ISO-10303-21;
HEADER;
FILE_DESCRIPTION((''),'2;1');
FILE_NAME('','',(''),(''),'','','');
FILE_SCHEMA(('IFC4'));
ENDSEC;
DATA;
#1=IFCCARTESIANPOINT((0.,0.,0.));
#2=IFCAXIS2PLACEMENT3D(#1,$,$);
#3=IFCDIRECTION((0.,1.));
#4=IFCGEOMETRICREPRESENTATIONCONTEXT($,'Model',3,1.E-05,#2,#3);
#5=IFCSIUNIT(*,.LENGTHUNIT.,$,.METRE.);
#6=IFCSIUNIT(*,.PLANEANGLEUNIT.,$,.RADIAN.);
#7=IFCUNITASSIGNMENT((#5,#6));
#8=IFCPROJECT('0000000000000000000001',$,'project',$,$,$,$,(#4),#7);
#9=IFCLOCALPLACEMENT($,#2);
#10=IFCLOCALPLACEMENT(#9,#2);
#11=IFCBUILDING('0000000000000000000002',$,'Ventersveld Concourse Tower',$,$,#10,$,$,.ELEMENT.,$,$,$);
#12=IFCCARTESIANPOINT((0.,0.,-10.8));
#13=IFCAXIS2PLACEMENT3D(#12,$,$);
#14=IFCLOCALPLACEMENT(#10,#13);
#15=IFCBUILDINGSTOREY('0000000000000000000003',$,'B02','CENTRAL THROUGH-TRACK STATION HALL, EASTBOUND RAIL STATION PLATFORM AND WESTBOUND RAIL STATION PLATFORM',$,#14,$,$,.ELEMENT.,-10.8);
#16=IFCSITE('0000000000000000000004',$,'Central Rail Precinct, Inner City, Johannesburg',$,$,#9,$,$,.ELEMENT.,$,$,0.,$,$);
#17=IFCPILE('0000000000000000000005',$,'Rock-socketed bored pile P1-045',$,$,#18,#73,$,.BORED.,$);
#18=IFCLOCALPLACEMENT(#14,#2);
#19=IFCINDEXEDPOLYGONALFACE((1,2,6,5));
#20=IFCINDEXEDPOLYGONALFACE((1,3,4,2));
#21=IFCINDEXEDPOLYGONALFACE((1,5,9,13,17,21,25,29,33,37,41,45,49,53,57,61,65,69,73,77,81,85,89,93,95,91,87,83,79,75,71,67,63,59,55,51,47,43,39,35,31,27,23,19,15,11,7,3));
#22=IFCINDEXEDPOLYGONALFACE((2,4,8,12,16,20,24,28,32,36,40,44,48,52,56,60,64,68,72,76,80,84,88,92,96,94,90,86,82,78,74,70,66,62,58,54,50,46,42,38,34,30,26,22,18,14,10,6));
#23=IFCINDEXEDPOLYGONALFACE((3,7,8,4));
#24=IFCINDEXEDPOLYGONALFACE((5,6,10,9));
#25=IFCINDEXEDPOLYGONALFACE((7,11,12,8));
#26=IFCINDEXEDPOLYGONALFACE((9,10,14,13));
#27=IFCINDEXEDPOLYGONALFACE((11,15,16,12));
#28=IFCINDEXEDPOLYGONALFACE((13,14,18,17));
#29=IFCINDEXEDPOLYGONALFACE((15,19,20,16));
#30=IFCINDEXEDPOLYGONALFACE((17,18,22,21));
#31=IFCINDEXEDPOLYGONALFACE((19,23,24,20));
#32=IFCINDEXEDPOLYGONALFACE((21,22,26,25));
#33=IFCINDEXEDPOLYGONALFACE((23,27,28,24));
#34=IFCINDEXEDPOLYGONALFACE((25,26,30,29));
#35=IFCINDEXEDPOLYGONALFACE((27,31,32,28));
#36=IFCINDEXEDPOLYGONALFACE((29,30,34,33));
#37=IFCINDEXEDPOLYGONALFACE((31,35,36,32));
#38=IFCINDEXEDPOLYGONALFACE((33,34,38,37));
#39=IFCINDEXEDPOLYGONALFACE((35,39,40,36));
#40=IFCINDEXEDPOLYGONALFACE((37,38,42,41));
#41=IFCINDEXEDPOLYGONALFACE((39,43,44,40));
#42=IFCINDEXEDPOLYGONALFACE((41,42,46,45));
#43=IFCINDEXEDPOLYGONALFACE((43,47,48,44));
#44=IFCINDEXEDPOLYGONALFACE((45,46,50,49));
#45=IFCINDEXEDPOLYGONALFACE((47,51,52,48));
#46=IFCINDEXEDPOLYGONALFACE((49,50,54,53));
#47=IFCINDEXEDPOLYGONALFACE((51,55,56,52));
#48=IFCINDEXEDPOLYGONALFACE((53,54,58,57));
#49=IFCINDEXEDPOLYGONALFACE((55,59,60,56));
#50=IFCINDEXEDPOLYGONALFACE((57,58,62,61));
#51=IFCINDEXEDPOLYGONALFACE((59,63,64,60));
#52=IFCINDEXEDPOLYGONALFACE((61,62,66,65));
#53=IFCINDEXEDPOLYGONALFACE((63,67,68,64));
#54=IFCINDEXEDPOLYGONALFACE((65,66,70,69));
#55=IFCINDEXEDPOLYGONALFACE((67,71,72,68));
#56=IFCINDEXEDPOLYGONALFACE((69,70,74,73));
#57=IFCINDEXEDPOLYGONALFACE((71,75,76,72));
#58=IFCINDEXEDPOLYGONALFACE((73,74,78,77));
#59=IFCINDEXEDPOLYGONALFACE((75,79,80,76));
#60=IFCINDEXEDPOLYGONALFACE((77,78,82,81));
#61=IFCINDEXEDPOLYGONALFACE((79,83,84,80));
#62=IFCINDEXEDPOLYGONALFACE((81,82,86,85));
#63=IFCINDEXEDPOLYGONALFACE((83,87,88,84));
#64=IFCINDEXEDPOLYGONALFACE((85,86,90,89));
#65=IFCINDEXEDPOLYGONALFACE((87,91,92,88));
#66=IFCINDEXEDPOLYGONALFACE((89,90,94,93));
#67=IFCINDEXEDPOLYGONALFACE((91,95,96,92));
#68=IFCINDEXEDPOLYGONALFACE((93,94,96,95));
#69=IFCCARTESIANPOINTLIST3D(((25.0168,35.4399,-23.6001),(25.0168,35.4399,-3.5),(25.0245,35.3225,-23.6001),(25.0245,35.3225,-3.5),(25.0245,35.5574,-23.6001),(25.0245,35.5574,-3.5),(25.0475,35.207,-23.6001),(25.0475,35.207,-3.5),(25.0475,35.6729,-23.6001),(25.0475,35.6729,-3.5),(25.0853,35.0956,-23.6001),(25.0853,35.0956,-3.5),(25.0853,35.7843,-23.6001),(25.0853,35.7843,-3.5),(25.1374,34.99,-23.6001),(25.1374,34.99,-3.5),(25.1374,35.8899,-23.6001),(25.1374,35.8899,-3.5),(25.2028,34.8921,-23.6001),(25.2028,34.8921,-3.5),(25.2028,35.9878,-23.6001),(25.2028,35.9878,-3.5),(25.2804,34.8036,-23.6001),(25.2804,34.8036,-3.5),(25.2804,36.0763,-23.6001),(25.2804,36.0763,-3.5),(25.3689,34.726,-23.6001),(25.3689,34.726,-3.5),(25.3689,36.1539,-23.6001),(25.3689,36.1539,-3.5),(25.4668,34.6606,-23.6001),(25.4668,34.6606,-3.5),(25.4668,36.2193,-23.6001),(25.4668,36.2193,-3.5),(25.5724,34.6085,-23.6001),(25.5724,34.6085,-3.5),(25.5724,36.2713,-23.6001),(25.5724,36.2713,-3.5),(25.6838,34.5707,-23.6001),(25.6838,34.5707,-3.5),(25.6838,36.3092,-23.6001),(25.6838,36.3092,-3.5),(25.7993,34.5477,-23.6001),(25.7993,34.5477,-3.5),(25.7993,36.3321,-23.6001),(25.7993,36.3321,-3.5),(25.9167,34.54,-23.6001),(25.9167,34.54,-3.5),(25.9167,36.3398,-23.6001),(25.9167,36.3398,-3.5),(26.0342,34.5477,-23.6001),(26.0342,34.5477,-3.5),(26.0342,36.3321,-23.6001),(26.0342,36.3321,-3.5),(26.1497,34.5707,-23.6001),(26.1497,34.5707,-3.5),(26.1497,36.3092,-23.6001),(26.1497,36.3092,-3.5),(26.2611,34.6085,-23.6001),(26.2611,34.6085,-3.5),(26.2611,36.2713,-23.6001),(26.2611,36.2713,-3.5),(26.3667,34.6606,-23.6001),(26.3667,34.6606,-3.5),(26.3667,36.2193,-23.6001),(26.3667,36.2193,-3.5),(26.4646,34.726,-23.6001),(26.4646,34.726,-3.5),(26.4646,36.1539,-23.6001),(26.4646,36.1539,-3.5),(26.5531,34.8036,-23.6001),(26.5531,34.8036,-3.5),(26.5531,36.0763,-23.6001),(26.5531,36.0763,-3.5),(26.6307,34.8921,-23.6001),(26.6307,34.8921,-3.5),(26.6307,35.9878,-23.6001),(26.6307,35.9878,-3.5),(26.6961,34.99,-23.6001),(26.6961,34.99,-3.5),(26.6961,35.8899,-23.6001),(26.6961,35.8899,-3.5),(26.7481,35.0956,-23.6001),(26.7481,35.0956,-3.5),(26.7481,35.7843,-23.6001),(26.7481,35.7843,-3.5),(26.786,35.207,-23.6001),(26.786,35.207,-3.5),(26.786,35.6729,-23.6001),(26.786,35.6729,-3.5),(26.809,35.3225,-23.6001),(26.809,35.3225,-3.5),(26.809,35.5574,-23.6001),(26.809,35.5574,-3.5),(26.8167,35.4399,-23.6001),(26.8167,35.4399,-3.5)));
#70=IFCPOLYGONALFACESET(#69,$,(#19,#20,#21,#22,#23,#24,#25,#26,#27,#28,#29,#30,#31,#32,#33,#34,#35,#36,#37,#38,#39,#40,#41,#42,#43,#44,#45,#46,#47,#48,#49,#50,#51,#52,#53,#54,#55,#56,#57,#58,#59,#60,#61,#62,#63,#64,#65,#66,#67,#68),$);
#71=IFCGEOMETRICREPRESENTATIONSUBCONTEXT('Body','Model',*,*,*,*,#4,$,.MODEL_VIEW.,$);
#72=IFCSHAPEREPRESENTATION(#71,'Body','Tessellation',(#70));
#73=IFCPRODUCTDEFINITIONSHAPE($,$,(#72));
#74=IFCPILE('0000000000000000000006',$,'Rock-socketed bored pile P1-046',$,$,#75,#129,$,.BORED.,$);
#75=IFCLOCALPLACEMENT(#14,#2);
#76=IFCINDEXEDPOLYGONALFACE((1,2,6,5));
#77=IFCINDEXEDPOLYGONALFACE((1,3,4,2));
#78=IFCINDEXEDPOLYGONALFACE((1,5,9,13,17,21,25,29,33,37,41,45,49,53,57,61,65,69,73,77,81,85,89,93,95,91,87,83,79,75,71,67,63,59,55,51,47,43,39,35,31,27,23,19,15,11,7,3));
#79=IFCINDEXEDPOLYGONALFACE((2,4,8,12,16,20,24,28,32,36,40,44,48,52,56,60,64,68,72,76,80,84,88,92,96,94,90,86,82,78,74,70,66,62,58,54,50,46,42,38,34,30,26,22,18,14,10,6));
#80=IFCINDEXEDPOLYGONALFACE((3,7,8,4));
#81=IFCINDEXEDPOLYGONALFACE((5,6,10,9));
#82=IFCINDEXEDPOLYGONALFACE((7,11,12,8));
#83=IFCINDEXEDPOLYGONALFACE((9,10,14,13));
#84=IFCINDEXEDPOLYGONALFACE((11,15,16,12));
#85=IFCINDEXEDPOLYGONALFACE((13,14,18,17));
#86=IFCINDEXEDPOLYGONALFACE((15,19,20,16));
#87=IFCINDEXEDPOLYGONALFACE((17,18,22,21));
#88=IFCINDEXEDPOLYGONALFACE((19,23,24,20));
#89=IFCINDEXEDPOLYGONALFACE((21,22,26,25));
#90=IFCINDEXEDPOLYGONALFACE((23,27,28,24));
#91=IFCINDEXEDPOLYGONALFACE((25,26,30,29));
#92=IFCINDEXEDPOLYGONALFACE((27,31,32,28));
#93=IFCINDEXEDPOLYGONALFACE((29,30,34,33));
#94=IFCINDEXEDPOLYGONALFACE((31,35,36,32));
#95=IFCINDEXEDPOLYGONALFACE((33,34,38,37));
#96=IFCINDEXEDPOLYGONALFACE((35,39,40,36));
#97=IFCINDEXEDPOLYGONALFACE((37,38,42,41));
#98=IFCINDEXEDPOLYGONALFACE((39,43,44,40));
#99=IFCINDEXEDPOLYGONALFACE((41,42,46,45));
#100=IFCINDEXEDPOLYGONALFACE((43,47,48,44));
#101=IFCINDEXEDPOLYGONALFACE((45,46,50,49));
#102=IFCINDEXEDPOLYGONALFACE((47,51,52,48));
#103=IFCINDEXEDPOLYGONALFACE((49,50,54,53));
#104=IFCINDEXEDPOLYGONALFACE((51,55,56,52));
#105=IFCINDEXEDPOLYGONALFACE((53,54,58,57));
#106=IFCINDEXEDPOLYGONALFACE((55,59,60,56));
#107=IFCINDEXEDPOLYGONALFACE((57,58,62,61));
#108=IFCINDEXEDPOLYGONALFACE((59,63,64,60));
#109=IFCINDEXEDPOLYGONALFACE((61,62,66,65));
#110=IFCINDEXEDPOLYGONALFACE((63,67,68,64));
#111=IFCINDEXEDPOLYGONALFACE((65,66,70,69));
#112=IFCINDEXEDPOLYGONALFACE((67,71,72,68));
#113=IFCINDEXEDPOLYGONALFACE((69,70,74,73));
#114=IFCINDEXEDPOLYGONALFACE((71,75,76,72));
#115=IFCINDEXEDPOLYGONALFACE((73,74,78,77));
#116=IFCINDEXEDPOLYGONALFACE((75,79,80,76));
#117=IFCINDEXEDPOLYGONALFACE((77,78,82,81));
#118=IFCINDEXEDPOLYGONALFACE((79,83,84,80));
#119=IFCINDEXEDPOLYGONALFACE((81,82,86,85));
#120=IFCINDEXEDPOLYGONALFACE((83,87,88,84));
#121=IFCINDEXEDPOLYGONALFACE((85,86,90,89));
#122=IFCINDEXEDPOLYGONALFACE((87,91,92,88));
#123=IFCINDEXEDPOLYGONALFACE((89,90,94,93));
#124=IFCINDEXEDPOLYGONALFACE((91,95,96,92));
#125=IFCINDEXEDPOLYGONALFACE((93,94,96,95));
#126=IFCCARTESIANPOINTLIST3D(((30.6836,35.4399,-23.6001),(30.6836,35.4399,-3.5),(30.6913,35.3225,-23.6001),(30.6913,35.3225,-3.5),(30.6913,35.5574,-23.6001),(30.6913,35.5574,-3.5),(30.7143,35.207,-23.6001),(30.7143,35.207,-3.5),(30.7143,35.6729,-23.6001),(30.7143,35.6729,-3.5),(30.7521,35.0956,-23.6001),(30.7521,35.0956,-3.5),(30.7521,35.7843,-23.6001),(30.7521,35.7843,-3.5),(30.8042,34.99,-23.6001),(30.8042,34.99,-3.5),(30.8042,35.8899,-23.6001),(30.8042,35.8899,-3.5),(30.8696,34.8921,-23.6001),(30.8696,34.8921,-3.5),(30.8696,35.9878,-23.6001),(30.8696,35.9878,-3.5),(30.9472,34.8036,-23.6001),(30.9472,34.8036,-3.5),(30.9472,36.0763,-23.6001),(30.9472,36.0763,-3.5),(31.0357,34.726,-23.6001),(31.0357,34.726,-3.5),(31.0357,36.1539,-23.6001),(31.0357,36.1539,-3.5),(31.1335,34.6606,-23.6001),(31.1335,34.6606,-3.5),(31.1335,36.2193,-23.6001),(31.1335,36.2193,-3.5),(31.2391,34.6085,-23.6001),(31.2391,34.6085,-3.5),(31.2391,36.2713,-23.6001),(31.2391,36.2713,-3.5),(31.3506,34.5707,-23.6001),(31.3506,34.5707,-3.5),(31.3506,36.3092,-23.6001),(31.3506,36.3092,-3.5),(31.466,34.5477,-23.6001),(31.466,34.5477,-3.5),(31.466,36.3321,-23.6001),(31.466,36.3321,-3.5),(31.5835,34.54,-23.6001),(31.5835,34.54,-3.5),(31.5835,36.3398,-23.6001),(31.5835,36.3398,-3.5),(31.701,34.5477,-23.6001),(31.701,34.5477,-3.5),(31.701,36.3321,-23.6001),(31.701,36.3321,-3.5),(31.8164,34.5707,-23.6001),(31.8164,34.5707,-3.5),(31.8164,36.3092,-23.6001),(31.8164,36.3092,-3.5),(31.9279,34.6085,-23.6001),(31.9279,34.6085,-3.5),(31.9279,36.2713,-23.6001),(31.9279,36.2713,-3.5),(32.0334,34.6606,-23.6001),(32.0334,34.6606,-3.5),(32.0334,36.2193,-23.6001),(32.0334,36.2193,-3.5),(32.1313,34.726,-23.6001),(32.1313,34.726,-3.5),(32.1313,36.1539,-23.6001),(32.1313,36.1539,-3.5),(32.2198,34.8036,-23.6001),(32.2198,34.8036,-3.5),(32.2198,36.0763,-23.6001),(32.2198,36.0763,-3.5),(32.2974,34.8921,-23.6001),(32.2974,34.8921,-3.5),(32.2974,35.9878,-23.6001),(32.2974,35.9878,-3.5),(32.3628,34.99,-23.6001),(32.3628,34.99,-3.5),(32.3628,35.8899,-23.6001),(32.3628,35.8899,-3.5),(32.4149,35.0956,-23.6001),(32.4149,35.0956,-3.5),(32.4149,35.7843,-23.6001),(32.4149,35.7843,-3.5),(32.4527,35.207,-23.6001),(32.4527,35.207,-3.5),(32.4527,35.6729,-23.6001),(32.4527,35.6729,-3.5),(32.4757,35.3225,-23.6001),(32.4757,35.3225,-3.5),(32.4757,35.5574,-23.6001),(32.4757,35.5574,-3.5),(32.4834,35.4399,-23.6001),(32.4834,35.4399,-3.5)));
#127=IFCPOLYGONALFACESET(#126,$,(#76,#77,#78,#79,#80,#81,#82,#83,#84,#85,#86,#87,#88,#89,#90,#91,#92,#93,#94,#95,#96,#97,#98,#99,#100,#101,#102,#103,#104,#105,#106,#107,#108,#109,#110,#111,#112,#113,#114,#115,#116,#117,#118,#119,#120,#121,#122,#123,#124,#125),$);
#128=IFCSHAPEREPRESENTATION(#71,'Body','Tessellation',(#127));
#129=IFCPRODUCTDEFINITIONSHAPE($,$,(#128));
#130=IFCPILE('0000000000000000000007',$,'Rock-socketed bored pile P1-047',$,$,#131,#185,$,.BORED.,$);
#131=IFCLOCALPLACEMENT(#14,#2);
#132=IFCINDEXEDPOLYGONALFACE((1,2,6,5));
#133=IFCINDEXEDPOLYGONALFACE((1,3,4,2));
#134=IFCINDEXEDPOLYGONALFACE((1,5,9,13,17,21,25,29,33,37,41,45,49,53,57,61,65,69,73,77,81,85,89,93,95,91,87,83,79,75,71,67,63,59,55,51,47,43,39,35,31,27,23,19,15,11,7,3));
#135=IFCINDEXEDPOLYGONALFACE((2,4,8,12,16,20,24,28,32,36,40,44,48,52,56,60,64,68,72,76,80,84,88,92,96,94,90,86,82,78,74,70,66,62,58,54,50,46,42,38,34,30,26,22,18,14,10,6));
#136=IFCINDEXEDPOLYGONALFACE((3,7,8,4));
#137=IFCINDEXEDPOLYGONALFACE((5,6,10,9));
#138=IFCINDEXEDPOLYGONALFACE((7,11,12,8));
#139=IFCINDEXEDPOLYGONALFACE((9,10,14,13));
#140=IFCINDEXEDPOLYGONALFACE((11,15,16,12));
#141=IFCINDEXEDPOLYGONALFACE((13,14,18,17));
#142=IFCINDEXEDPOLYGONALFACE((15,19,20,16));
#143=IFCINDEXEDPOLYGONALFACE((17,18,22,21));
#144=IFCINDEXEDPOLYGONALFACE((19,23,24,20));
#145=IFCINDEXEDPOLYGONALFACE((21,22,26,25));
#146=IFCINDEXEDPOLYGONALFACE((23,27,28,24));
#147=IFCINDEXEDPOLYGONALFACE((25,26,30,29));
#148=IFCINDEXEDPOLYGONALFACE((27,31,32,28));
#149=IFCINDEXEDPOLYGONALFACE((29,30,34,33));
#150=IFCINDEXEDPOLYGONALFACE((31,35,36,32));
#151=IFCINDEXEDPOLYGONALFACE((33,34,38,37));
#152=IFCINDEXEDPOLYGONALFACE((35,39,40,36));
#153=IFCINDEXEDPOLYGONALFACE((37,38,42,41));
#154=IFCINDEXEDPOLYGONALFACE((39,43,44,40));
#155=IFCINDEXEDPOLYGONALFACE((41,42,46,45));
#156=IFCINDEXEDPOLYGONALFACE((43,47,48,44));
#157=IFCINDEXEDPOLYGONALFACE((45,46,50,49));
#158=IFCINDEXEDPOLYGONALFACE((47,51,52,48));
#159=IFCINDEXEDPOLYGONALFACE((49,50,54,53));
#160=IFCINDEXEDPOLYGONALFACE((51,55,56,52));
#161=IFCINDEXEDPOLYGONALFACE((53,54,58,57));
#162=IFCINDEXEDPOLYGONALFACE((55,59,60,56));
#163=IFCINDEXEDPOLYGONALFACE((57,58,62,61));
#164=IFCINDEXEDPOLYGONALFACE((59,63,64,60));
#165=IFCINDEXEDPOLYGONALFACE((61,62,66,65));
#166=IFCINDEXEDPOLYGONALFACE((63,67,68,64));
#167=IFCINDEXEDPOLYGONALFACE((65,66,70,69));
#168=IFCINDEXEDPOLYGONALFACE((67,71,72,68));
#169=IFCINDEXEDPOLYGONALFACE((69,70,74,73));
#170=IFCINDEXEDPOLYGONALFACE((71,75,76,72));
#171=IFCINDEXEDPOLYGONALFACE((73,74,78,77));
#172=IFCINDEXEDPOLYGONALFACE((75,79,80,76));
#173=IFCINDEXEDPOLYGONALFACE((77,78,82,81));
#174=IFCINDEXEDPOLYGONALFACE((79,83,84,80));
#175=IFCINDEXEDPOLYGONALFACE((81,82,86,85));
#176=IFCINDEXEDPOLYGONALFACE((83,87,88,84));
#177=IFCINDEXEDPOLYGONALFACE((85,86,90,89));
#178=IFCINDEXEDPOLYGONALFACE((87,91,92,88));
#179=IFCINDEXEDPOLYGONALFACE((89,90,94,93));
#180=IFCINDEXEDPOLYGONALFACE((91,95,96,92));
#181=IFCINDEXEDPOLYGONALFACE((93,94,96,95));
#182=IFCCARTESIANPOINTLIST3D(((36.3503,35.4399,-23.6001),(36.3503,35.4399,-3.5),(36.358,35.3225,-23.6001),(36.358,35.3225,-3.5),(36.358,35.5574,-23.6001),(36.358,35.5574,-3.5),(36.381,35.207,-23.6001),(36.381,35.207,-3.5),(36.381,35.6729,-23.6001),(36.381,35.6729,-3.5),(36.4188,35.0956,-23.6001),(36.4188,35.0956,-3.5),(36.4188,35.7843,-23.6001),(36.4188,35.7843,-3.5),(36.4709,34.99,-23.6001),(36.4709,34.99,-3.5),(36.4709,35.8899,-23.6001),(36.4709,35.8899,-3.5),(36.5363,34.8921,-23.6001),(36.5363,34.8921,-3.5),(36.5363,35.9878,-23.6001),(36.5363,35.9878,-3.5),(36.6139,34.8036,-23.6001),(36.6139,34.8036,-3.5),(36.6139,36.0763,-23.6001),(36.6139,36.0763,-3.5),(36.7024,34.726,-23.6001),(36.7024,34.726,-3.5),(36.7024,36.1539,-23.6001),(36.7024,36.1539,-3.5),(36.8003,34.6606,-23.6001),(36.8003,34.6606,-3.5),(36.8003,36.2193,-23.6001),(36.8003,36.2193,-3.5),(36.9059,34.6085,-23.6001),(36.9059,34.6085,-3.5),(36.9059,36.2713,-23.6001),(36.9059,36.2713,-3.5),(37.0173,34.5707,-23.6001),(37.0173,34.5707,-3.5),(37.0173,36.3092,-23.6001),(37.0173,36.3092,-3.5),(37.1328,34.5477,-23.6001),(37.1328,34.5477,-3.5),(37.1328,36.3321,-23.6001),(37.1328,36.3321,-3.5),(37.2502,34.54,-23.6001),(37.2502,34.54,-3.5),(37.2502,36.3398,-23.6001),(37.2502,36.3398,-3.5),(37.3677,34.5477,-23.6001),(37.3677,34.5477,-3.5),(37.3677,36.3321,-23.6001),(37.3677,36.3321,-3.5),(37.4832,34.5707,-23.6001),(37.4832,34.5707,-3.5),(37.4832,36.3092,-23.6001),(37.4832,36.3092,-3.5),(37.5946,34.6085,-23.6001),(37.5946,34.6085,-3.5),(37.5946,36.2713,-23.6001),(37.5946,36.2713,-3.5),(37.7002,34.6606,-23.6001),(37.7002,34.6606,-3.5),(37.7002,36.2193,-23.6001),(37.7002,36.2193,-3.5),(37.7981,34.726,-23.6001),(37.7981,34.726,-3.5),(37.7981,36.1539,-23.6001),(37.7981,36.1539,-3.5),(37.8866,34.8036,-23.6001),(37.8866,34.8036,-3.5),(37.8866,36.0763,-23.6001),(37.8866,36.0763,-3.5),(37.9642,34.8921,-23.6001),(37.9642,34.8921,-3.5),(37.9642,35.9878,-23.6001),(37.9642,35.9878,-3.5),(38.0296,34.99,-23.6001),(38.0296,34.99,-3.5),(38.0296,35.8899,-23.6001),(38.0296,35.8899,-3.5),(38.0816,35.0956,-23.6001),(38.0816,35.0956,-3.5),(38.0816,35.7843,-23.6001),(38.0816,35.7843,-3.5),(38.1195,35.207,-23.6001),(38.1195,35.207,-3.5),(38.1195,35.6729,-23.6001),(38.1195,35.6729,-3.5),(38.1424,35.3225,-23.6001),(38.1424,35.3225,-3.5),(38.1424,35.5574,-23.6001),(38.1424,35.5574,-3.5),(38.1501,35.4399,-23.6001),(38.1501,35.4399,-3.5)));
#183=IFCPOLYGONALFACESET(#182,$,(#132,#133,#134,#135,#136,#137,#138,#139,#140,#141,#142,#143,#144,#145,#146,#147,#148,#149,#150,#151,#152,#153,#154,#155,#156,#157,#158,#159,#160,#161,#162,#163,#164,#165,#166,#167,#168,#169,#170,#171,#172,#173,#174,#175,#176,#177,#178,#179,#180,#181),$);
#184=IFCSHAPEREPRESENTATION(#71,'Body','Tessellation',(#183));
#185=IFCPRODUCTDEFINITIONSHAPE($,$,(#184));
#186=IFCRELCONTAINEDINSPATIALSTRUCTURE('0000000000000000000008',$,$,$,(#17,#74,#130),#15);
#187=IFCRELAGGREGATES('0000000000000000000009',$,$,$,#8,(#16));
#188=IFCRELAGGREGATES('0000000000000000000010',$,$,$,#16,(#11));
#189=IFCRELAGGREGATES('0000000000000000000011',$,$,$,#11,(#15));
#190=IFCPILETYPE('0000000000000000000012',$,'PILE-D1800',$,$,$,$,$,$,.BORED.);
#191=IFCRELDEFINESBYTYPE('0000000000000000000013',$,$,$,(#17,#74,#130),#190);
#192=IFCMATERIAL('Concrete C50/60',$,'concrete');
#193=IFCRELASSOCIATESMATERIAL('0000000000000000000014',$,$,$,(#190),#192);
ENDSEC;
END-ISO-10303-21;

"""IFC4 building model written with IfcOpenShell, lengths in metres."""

from ifc_helpers import new_model, si_unit, direction, frame, origin, origin_2d, place, context, subcontext, project, spatial, circle, extrude, material, material_profile, profile_set, type_object, element, save


model = new_model("IFC4")

# Units and contexts
model_context = context("Model", 3, precision=1e-05, world=origin(), true_north=direction((0.0, 1.0)))
body_context = subcontext(model_context, "Body", "Model", "MODEL_VIEW")
ifc_project = project(units=[si_unit("LENGTHUNIT", "METRE"), si_unit("PLANEANGLEUNIT", "RADIAN")], contexts=[model_context])

# Site, building, storey
site_placement = place(None, origin())
site = spatial("IfcSite", under=ifc_project, at=site_placement, Name="Central Rail Precinct, Inner City, Johannesburg", CompositionType="ELEMENT", RefElevation=0.0)
building_placement = place(site_placement, origin())
building = spatial("IfcBuilding", under=site, at=building_placement, Name="Ventersveld Concourse Tower", CompositionType="ELEMENT")
storey_placement = place(building_placement, frame((0.0, 0.0, -10.8)))
storey = spatial("IfcBuildingStorey", under=building, at=storey_placement, Name="B02", Description="CENTRAL THROUGH-TRACK STATION HALL, EASTBOUND RAIL STATION PLATFORM AND WESTBOUND RAIL STATION PLATFORM", CompositionType="ELEMENT", Elevation=-10.8)

# Piles
ifc_material_1 = material(Name="Concrete C50/60", Category="concrete")
ifc_material_profile_1 = material_profile(ifc_material_1, circle(Radius=0.8999, at=origin_2d()), Name="PILE D1800")
ifc_profile_set_1 = profile_set([ifc_material_profile_1], Name="Concrete C50/60")
pile_type = type_object("IfcPileType", Name="PILE-D1800", PredefinedType="BORED", material=ifc_profile_set_1)
for number, where, z_axis, x_axis, name in (
    (1, (25.9167, 35.4399, -3.5), (0.0, 0.0, -1.0), (1.0, 0.0, 0.0), "Rock-socketed bored pile P1-045"),
    (2, (31.5835, 35.4399, -3.5), (0.0, 0.0, -1.0), (1.0, 0.0, 0.0), "Rock-socketed bored pile P1-046"),
    (3, (37.2502, 35.4399, -3.5), (0.0, 0.0, -1.0), (1.0, 0.0, 0.0), "Rock-socketed bored pile P1-047"),
):
    element("IfcPile", number, at=place(storey_placement, frame(where, z_axis=z_axis, x_axis=x_axis)), inside=storey, type_object=pile_type, Name=name, PredefinedType="BORED", context=body_context, shape_type="SweptSolid", body=[
        extrude(circle(Radius=0.8999, at=origin_2d()), origin(), (0.0, 0.0, 1.0), 20.1001),
    ])

save(model, "model.ifc")
